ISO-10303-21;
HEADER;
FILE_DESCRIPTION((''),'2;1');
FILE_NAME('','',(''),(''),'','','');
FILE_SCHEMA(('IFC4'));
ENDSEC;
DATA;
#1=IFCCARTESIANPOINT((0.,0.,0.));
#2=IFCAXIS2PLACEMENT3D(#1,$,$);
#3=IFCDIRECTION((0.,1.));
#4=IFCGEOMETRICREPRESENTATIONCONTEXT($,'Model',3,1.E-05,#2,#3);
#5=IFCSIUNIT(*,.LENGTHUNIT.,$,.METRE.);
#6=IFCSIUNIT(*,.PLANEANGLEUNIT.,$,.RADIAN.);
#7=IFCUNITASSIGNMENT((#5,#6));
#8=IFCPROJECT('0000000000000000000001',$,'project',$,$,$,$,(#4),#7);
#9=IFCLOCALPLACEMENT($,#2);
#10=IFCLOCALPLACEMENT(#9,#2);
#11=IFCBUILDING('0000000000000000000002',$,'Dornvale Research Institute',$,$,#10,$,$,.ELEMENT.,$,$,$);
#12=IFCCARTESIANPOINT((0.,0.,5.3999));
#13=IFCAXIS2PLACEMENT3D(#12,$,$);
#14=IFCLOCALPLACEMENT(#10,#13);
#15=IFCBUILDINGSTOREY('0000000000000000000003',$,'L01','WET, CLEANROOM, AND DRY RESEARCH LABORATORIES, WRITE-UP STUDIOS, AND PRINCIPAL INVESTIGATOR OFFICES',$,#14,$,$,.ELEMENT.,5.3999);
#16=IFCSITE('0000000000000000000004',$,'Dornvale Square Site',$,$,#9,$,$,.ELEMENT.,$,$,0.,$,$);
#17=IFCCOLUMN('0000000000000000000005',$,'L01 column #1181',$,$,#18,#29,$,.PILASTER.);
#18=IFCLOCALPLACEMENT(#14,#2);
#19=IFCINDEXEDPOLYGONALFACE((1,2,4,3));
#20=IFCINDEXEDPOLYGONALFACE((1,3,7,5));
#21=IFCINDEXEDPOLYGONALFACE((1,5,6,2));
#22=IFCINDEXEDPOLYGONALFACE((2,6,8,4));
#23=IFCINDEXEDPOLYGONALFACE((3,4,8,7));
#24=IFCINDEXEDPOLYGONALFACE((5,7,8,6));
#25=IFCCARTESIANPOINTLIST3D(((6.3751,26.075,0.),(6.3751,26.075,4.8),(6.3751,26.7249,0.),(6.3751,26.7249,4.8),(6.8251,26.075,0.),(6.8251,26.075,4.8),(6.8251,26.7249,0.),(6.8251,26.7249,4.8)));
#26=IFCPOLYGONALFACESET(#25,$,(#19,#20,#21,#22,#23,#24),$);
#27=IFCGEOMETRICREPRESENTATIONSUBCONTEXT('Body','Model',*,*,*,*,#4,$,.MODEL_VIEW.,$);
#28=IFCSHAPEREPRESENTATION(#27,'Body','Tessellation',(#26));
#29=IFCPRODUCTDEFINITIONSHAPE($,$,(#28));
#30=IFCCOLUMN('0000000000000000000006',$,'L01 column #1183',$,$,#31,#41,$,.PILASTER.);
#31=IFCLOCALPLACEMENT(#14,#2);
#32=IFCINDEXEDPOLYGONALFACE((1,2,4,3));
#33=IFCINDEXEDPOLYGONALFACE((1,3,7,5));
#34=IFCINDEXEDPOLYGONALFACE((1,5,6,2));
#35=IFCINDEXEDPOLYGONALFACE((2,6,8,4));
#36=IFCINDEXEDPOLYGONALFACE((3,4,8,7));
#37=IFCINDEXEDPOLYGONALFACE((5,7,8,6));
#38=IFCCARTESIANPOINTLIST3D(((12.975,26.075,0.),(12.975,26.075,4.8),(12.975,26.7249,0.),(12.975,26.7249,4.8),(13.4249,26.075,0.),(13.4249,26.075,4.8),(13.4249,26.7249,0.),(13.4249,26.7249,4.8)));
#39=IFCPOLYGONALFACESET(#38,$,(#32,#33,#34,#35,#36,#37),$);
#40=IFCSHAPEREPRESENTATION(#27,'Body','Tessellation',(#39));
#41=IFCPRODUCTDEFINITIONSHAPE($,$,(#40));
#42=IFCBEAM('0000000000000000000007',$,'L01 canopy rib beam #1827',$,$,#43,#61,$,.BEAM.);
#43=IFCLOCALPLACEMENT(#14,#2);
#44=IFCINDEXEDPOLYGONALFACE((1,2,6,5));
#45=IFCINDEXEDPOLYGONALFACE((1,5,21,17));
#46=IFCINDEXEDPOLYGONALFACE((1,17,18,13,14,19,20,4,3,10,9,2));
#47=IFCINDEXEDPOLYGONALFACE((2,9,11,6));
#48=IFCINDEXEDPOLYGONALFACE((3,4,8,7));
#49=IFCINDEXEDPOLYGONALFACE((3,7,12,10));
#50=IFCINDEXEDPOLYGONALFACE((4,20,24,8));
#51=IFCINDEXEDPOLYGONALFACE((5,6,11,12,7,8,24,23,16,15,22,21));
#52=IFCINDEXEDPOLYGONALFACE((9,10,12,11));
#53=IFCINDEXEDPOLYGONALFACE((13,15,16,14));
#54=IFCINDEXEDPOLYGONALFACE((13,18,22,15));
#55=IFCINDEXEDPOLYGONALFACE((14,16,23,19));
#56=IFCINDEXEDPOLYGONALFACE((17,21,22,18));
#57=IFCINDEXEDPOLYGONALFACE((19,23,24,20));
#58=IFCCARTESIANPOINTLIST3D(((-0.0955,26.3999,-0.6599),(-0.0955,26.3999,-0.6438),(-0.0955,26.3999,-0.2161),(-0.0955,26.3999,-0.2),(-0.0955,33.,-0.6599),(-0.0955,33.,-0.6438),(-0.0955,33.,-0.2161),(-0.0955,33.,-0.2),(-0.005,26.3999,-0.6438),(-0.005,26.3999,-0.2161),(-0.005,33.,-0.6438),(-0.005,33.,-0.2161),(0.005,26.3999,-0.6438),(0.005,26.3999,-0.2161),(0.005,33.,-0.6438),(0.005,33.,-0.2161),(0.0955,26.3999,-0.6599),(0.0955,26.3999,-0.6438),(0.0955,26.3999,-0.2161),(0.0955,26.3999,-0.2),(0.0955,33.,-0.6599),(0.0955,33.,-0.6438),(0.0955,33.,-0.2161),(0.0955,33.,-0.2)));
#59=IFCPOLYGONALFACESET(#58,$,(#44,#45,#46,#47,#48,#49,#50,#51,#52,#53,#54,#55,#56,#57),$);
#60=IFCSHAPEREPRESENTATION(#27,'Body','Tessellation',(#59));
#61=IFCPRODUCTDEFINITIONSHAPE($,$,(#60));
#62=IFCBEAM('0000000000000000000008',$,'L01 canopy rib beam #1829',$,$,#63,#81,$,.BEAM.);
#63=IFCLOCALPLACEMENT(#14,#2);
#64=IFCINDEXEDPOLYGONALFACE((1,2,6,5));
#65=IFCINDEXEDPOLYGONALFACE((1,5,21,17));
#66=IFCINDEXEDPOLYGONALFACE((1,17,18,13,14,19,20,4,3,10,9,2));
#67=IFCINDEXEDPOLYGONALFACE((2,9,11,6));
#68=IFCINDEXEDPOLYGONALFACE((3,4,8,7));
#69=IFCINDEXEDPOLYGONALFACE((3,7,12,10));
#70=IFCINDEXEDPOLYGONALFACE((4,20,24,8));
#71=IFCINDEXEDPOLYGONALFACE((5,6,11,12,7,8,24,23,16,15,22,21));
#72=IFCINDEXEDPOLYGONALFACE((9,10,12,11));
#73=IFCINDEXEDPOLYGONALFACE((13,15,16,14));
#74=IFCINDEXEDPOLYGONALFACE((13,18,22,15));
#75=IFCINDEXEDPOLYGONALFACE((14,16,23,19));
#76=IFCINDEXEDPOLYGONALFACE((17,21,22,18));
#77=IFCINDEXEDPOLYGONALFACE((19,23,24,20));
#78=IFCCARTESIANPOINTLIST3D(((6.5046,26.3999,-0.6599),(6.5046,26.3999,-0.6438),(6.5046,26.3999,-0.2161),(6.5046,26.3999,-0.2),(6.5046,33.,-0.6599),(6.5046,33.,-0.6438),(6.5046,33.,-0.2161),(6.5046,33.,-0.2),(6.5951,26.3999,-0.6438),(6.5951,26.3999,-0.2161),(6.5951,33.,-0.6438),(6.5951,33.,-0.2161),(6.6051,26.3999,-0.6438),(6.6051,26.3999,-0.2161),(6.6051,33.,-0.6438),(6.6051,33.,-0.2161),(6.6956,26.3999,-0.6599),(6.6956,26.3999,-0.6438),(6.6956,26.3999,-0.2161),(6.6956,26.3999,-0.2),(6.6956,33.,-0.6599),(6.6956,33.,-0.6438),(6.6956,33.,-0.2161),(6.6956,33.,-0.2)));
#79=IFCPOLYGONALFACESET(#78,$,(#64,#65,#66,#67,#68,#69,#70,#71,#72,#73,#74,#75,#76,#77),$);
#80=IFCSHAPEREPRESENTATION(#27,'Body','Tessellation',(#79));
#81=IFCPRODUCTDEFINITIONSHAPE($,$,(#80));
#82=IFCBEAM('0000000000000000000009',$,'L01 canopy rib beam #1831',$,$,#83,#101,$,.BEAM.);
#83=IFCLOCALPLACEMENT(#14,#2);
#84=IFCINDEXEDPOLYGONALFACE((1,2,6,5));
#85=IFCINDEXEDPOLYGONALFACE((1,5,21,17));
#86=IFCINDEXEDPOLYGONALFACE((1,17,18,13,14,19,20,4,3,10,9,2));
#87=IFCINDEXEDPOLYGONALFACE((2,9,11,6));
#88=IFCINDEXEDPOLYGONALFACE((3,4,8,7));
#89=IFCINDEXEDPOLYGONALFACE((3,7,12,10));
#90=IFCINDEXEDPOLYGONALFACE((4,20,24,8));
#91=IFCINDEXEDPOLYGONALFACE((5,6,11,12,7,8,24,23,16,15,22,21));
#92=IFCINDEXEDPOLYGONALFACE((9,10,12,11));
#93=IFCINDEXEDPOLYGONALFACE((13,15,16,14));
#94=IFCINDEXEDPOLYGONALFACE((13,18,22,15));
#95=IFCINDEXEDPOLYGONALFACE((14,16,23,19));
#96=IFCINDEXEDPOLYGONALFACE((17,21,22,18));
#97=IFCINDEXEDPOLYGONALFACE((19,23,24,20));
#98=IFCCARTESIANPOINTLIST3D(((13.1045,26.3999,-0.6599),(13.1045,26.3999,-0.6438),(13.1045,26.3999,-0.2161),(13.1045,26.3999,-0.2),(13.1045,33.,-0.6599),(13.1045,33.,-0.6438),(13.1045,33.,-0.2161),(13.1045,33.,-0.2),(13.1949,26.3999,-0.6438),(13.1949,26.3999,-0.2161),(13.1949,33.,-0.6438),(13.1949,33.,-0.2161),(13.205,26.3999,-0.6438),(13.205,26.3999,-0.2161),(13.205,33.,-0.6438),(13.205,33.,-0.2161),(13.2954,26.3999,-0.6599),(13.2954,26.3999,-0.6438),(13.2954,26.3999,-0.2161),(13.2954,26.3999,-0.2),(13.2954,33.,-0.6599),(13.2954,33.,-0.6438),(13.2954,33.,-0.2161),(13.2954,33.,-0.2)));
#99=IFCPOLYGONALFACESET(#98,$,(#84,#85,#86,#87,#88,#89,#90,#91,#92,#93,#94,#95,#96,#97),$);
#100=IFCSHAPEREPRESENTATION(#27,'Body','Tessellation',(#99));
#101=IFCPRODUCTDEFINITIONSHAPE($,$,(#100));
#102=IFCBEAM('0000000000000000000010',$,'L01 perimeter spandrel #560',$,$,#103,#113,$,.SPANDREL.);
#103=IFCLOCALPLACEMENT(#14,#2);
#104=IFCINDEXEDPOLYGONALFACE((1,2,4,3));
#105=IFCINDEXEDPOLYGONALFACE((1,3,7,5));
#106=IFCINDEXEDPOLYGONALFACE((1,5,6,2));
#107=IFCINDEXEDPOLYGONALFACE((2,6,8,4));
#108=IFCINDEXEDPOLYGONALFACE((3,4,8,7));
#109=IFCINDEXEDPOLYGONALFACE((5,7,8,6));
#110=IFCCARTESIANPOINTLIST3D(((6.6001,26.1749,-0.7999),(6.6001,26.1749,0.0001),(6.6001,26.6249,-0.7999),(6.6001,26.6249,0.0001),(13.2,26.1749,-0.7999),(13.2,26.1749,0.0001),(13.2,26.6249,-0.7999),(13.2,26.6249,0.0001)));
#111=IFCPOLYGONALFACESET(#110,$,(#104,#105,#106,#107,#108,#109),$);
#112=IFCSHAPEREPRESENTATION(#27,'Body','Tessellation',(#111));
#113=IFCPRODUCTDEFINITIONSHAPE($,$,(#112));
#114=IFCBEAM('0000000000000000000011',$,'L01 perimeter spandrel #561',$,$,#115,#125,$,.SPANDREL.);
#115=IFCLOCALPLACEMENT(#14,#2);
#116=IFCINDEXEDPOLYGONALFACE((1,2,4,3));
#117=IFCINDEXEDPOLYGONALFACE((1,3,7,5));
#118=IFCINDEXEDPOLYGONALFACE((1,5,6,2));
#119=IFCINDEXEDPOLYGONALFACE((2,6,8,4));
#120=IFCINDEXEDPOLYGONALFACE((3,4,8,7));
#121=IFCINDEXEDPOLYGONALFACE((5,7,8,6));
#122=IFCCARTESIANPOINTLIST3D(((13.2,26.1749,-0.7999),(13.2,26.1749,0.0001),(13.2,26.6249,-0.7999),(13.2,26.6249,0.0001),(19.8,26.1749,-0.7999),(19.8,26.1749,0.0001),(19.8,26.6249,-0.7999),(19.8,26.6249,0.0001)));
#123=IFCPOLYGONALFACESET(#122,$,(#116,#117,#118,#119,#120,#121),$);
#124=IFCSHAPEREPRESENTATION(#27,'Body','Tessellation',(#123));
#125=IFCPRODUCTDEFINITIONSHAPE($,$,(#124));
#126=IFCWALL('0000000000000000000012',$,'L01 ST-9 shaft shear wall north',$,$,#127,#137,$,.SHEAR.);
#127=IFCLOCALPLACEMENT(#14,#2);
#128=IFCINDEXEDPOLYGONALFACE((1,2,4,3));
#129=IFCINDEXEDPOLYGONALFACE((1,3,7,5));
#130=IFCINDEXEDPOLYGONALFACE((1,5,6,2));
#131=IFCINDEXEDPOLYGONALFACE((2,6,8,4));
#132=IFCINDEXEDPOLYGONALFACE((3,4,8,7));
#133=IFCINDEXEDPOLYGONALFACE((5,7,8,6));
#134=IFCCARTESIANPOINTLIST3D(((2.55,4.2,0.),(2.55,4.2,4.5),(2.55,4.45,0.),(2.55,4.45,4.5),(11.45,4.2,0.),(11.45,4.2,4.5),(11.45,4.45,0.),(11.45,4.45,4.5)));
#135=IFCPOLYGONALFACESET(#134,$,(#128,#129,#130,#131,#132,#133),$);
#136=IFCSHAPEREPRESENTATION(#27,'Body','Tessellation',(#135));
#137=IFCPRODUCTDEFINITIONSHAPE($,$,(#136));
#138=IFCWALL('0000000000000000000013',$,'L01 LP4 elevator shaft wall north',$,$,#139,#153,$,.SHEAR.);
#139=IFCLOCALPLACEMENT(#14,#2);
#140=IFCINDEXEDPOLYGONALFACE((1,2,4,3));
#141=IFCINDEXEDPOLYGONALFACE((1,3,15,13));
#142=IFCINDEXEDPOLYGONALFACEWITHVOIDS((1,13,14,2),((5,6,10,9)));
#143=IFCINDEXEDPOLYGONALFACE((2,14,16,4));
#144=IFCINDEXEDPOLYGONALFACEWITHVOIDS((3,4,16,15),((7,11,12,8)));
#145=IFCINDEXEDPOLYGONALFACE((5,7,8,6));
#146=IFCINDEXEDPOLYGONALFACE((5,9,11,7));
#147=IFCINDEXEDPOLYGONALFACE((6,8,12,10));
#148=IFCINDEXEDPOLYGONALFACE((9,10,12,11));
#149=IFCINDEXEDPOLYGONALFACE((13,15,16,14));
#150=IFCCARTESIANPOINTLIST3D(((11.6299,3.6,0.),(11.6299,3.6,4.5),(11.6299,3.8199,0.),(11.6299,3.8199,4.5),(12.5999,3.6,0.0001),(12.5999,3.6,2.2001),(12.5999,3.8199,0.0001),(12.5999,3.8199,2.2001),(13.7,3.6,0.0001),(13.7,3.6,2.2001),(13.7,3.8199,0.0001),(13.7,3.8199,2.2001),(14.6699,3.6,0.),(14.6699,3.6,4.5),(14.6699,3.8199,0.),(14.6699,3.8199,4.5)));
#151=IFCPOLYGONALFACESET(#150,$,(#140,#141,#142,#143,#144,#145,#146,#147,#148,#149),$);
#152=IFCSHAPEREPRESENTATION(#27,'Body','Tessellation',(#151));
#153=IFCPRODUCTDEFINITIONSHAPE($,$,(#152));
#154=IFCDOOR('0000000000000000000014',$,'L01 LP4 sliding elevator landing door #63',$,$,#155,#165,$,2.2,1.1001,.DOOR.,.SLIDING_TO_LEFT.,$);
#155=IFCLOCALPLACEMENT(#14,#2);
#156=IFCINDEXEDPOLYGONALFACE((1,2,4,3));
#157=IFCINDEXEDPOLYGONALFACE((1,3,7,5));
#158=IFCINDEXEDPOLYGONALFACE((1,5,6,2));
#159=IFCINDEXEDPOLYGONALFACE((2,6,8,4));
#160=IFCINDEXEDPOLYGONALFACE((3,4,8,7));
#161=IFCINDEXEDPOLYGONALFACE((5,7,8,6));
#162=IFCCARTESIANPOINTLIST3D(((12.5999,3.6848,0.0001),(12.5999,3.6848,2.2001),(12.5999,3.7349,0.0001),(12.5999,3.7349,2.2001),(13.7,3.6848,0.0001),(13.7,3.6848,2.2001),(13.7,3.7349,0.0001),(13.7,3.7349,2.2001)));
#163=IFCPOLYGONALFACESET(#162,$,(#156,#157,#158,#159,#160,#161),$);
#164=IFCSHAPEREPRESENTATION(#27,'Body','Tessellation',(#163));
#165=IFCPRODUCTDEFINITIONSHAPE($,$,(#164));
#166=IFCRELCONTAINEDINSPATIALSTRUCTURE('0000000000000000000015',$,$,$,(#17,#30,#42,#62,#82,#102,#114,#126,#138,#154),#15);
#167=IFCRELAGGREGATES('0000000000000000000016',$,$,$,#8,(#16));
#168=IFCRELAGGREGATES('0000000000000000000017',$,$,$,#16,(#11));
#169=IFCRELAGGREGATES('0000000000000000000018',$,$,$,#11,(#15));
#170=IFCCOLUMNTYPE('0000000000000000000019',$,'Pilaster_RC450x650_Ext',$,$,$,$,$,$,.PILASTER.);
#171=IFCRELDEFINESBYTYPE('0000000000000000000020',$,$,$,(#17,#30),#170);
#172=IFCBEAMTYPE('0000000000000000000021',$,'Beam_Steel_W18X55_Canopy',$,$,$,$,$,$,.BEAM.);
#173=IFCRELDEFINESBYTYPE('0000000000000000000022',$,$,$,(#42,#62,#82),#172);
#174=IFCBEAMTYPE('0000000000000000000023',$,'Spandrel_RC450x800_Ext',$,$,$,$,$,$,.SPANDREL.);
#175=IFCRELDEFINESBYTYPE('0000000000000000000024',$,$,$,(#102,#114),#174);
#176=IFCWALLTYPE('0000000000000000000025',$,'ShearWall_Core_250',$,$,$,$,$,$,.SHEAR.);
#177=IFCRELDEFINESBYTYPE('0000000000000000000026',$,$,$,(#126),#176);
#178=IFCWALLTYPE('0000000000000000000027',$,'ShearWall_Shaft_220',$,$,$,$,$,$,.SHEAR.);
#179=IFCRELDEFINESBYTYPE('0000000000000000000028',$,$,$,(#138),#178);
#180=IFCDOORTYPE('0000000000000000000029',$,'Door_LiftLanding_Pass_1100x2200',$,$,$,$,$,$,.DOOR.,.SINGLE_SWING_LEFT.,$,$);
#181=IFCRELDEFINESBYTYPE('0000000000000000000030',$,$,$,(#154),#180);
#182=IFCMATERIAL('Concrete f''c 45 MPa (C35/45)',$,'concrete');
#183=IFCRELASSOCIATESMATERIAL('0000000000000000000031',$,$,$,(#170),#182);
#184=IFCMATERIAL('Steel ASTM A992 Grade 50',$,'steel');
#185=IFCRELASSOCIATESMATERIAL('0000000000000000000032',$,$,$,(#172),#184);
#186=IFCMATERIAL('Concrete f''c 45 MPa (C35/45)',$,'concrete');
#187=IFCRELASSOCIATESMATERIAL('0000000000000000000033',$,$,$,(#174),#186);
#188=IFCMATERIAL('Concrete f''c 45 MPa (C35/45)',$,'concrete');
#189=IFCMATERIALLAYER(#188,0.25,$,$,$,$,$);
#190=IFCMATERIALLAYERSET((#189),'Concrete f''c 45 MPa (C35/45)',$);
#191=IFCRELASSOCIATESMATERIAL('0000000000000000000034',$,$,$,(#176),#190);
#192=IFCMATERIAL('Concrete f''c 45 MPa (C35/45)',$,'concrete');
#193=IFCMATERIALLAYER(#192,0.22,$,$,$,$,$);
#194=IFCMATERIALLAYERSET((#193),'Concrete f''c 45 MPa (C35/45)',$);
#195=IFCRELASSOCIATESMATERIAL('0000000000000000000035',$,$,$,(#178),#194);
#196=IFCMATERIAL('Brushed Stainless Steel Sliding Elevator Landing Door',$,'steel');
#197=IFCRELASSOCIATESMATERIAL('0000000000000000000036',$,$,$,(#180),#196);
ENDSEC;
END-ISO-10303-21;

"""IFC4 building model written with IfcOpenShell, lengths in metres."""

from ifc_helpers import new_model, si_unit, direction, frame, frame_2d, origin, origin_2d, place, context, subcontext, project, spatial, rectangle, i_section, extrude, material, layer, layer_set, material_profile, profile_set, type_object, element, fill, save


model = new_model("IFC4")

# Units and contexts
model_context = context("Model", 3, precision=1e-05, world=origin(), true_north=direction((0.0, 1.0)))
body_context = subcontext(model_context, "Body", "Model", "MODEL_VIEW")
ifc_project = project(units=[si_unit("LENGTHUNIT", "METRE"), si_unit("PLANEANGLEUNIT", "RADIAN")], contexts=[model_context])

# Site, building, storey
site_placement = place(None, origin())
site = spatial("IfcSite", under=ifc_project, at=site_placement, Name="Dornvale Square Site", CompositionType="ELEMENT", RefElevation=0.0)
building_placement = place(site_placement, origin())
building = spatial("IfcBuilding", under=site, at=building_placement, Name="Dornvale Research Institute", CompositionType="ELEMENT")
storey_placement = place(building_placement, frame((0.0, 0.0, 5.3999)))
storey = spatial("IfcBuildingStorey", under=building, at=storey_placement, Name="L01", Description="WET, CLEANROOM, AND DRY RESEARCH LABORATORIES, WRITE-UP STUDIOS, AND PRINCIPAL INVESTIGATOR OFFICES", CompositionType="ELEMENT", Elevation=5.3999)

# Columns
ifc_material_1 = material(Name="Concrete f'c 45 MPa (C35/45)", Category="concrete")
ifc_material_profile_1 = material_profile(ifc_material_1, rectangle(XDim=0.45, YDim=0.6499, at=origin_2d()), Name="RC 450x650")
ifc_profile_set_1 = profile_set([ifc_material_profile_1], Name="Concrete f'c 45 MPa (C35/45)")
column_type = type_object("IfcColumnType", Name="Pilaster_RC450x650_Ext", PredefinedType="PILASTER", material=ifc_profile_set_1)
for number, where, z_axis, x_axis, name in (
    (1, (6.6001, 26.3999, 0.0), (0.0, 0.0, 1.0), (1.0, 0.0, 0.0), "L01 column #1181"),
    (2, (13.2, 26.3999, 0.0), (0.0, 0.0, 1.0), (1.0, 0.0, 0.0), "L01 column #1183"),
):
    element("IfcColumn", number, at=place(storey_placement, frame(where, z_axis=z_axis, x_axis=x_axis)), inside=storey, type_object=column_type, Name=name, PredefinedType="PILASTER", context=body_context, shape_type="SweptSolid", body=[
        extrude(rectangle(XDim=0.45, YDim=0.6499, at=origin_2d()), origin(), (0.0, 0.0, 1.0), 4.8),
    ])

# Beams
ifc_material_2 = material(Name="Steel ASTM A992 Grade 50", Category="steel")
ifc_material_profile_2 = material_profile(ifc_material_2, i_section(OverallWidth=0.1909, OverallDepth=0.46, WebThickness=0.01, FlangeThickness=0.0161, at=origin_2d()), Name="W18X55")
ifc_profile_set_2 = profile_set([ifc_material_profile_2], Name="Steel ASTM A992 Grade 50")
beam_type_1 = type_object("IfcBeamType", Name="Beam_Steel_W18X55_Canopy", PredefinedType="BEAM", material=ifc_profile_set_2)
for number, where, z_axis, x_axis, name in (
    (3, (0.0, 26.3999, -0.4299), (0.0, 1.0, 0.0), (-1.0, 0.0, 0.0), "L01 canopy rib beam #1827"),
    (4, (6.6001, 26.3999, -0.4299), (0.0, 1.0, 0.0), (-1.0, 0.0, 0.0), "L01 canopy rib beam #1829"),
    (5, (13.2, 26.3999, -0.4299), (0.0, 1.0, 0.0), (-1.0, 0.0, 0.0), "L01 canopy rib beam #1831"),
):
    element("IfcBeam", number, at=place(storey_placement, frame(where, z_axis=z_axis, x_axis=x_axis)), inside=storey, type_object=beam_type_1, Name=name, PredefinedType="BEAM", context=body_context, shape_type="SweptSolid", body=[
        extrude(i_section(OverallWidth=0.1909, OverallDepth=0.46, WebThickness=0.01, FlangeThickness=0.0161, at=origin_2d()), origin(), (0.0, 0.0, 1.0), 6.6001),
    ])
ifc_material_3 = material(Name="Concrete f'c 45 MPa (C35/45)", Category="concrete")
ifc_material_profile_3 = material_profile(ifc_material_3, rectangle(XDim=0.45, YDim=0.8, at=origin_2d()), Name="RC 450x800")
ifc_profile_set_3 = profile_set([ifc_material_profile_3], Name="Concrete f'c 45 MPa (C35/45)")
beam_type_2 = type_object("IfcBeamType", Name="Spandrel_RC450x800_Ext", PredefinedType="SPANDREL", material=ifc_profile_set_3)
beam_1_placement = place(storey_placement, frame((6.6001, 26.3999, -0.3999), z_axis=(1.0, 0.0, 0.0), x_axis=(0.0, 1.0, 0.0)))
element("IfcBeam", 6, at=beam_1_placement, inside=storey, type_object=beam_type_2, Name="L01 perimeter spandrel #560", PredefinedType="SPANDREL", context=body_context, shape_type="SweptSolid", body=[
    extrude(rectangle(XDim=0.45, YDim=0.8, at=origin_2d()), origin(), (0.0, 0.0, 1.0), 6.5999),
])
beam_2_placement = place(storey_placement, frame((13.2, 26.3999, -0.3999), z_axis=(1.0, 0.0, 0.0), x_axis=(0.0, 1.0, 0.0)))
element("IfcBeam", 7, at=beam_2_placement, inside=storey, type_object=beam_type_2, Name="L01 perimeter spandrel #561", PredefinedType="SPANDREL", context=body_context, shape_type="SweptSolid", body=[
    extrude(rectangle(XDim=0.45, YDim=0.8, at=origin_2d()), origin(), (0.0, 0.0, 1.0), 6.6001),
])

# Wall
ifc_material_4 = material(Name="Concrete f'c 45 MPa (C35/45)", Category="concrete")
ifc_layer_1 = layer(ifc_material_4, 0.25)
ifc_layer_set_1 = layer_set([ifc_layer_1], Name="Concrete f'c 45 MPa (C35/45)")
wall_type_1 = type_object("IfcWallType", Name="ShearWall_Core_250", PredefinedType="SHEAR", material=ifc_layer_set_1)
wall_1_placement = place(storey_placement, frame((2.55, 4.325, 0.0), z_axis=(0.0, 0.0, 1.0), x_axis=(1.0, 0.0, 0.0)))
element("IfcWall", 8, at=wall_1_placement, inside=storey, type_object=wall_type_1, Name="L01 ST-9 shaft shear wall north", PredefinedType="SHEAR", context=body_context, shape_type="SweptSolid", body=[
    extrude(rectangle(XDim=8.8999, YDim=0.25, at=frame_2d((4.45, 0.0))), origin(), (0.0, 0.0, 1.0), 4.5),
])

# Wall, opening, door
ifc_material_5 = material(Name="Concrete f'c 45 MPa (C35/45)", Category="concrete")
ifc_layer_2 = layer(ifc_material_5, 0.22)
ifc_layer_set_2 = layer_set([ifc_layer_2], Name="Concrete f'c 45 MPa (C35/45)")
wall_type_2 = type_object("IfcWallType", Name="ShearWall_Shaft_220", PredefinedType="SHEAR", material=ifc_layer_set_2)
wall_2_placement = place(storey_placement, frame((11.6299, 3.71, 0.0), z_axis=(0.0, 0.0, 1.0), x_axis=(1.0, 0.0, 0.0)))
wall_2 = element("IfcWall", 9, at=wall_2_placement, inside=storey, type_object=wall_type_2, Name="L01 LP4 elevator shaft wall north", PredefinedType="SHEAR", context=body_context, shape_type="SweptSolid", body=[
    extrude(rectangle(XDim=3.04, YDim=0.22, at=frame_2d((1.52, 0.0))), origin(), (0.0, 0.0, 1.0), 4.5),
])
opening_1_placement = place(wall_2_placement, frame((0.97, 0.0, 0.0)))
opening_1 = element("IfcOpeningElement", 10, at=opening_1_placement, cuts=wall_2, PredefinedType="OPENING", context=body_context, shape_type="SweptSolid", body=[
    extrude(rectangle(XDim=1.1001, YDim=2.2, at=frame_2d((0.55, 1.1001))), frame((0.0, 0.125, 0.0), z_axis=(0.0, -1.0, 0.0), x_axis=(1.0, 0.0, 0.0)), (0.0, 0.0, 1.0), 0.25),
])
ifc_material_6 = material(Name="Brushed Stainless Steel Sliding Elevator Landing Door", Category="steel")
door_type = type_object("IfcDoorType", Name="Door_LiftLanding_Pass_1100x2200", OperationType="SINGLE_SWING_LEFT", PredefinedType="DOOR", material=ifc_material_6)
door_placement = place(opening_1_placement, origin())
door = element("IfcDoor", 11, at=door_placement, inside=storey, type_object=door_type, Name="L01 LP4 sliding elevator landing door #63", OperationType="SLIDING_TO_LEFT", OverallHeight=2.2, OverallWidth=1.1001, PredefinedType="DOOR", context=body_context, shape_type="SweptSolid", body=[
    extrude(rectangle(XDim=1.1001, YDim=2.2, at=frame_2d((0.55, 1.1001))), frame((0.0, 0.0249, 0.0), z_axis=(0.0, -1.0, 0.0), x_axis=(1.0, 0.0, 0.0)), (0.0, 0.0, 1.0), 0.05),
])
fill(opening_1, door)

save(model, "model.ifc")
